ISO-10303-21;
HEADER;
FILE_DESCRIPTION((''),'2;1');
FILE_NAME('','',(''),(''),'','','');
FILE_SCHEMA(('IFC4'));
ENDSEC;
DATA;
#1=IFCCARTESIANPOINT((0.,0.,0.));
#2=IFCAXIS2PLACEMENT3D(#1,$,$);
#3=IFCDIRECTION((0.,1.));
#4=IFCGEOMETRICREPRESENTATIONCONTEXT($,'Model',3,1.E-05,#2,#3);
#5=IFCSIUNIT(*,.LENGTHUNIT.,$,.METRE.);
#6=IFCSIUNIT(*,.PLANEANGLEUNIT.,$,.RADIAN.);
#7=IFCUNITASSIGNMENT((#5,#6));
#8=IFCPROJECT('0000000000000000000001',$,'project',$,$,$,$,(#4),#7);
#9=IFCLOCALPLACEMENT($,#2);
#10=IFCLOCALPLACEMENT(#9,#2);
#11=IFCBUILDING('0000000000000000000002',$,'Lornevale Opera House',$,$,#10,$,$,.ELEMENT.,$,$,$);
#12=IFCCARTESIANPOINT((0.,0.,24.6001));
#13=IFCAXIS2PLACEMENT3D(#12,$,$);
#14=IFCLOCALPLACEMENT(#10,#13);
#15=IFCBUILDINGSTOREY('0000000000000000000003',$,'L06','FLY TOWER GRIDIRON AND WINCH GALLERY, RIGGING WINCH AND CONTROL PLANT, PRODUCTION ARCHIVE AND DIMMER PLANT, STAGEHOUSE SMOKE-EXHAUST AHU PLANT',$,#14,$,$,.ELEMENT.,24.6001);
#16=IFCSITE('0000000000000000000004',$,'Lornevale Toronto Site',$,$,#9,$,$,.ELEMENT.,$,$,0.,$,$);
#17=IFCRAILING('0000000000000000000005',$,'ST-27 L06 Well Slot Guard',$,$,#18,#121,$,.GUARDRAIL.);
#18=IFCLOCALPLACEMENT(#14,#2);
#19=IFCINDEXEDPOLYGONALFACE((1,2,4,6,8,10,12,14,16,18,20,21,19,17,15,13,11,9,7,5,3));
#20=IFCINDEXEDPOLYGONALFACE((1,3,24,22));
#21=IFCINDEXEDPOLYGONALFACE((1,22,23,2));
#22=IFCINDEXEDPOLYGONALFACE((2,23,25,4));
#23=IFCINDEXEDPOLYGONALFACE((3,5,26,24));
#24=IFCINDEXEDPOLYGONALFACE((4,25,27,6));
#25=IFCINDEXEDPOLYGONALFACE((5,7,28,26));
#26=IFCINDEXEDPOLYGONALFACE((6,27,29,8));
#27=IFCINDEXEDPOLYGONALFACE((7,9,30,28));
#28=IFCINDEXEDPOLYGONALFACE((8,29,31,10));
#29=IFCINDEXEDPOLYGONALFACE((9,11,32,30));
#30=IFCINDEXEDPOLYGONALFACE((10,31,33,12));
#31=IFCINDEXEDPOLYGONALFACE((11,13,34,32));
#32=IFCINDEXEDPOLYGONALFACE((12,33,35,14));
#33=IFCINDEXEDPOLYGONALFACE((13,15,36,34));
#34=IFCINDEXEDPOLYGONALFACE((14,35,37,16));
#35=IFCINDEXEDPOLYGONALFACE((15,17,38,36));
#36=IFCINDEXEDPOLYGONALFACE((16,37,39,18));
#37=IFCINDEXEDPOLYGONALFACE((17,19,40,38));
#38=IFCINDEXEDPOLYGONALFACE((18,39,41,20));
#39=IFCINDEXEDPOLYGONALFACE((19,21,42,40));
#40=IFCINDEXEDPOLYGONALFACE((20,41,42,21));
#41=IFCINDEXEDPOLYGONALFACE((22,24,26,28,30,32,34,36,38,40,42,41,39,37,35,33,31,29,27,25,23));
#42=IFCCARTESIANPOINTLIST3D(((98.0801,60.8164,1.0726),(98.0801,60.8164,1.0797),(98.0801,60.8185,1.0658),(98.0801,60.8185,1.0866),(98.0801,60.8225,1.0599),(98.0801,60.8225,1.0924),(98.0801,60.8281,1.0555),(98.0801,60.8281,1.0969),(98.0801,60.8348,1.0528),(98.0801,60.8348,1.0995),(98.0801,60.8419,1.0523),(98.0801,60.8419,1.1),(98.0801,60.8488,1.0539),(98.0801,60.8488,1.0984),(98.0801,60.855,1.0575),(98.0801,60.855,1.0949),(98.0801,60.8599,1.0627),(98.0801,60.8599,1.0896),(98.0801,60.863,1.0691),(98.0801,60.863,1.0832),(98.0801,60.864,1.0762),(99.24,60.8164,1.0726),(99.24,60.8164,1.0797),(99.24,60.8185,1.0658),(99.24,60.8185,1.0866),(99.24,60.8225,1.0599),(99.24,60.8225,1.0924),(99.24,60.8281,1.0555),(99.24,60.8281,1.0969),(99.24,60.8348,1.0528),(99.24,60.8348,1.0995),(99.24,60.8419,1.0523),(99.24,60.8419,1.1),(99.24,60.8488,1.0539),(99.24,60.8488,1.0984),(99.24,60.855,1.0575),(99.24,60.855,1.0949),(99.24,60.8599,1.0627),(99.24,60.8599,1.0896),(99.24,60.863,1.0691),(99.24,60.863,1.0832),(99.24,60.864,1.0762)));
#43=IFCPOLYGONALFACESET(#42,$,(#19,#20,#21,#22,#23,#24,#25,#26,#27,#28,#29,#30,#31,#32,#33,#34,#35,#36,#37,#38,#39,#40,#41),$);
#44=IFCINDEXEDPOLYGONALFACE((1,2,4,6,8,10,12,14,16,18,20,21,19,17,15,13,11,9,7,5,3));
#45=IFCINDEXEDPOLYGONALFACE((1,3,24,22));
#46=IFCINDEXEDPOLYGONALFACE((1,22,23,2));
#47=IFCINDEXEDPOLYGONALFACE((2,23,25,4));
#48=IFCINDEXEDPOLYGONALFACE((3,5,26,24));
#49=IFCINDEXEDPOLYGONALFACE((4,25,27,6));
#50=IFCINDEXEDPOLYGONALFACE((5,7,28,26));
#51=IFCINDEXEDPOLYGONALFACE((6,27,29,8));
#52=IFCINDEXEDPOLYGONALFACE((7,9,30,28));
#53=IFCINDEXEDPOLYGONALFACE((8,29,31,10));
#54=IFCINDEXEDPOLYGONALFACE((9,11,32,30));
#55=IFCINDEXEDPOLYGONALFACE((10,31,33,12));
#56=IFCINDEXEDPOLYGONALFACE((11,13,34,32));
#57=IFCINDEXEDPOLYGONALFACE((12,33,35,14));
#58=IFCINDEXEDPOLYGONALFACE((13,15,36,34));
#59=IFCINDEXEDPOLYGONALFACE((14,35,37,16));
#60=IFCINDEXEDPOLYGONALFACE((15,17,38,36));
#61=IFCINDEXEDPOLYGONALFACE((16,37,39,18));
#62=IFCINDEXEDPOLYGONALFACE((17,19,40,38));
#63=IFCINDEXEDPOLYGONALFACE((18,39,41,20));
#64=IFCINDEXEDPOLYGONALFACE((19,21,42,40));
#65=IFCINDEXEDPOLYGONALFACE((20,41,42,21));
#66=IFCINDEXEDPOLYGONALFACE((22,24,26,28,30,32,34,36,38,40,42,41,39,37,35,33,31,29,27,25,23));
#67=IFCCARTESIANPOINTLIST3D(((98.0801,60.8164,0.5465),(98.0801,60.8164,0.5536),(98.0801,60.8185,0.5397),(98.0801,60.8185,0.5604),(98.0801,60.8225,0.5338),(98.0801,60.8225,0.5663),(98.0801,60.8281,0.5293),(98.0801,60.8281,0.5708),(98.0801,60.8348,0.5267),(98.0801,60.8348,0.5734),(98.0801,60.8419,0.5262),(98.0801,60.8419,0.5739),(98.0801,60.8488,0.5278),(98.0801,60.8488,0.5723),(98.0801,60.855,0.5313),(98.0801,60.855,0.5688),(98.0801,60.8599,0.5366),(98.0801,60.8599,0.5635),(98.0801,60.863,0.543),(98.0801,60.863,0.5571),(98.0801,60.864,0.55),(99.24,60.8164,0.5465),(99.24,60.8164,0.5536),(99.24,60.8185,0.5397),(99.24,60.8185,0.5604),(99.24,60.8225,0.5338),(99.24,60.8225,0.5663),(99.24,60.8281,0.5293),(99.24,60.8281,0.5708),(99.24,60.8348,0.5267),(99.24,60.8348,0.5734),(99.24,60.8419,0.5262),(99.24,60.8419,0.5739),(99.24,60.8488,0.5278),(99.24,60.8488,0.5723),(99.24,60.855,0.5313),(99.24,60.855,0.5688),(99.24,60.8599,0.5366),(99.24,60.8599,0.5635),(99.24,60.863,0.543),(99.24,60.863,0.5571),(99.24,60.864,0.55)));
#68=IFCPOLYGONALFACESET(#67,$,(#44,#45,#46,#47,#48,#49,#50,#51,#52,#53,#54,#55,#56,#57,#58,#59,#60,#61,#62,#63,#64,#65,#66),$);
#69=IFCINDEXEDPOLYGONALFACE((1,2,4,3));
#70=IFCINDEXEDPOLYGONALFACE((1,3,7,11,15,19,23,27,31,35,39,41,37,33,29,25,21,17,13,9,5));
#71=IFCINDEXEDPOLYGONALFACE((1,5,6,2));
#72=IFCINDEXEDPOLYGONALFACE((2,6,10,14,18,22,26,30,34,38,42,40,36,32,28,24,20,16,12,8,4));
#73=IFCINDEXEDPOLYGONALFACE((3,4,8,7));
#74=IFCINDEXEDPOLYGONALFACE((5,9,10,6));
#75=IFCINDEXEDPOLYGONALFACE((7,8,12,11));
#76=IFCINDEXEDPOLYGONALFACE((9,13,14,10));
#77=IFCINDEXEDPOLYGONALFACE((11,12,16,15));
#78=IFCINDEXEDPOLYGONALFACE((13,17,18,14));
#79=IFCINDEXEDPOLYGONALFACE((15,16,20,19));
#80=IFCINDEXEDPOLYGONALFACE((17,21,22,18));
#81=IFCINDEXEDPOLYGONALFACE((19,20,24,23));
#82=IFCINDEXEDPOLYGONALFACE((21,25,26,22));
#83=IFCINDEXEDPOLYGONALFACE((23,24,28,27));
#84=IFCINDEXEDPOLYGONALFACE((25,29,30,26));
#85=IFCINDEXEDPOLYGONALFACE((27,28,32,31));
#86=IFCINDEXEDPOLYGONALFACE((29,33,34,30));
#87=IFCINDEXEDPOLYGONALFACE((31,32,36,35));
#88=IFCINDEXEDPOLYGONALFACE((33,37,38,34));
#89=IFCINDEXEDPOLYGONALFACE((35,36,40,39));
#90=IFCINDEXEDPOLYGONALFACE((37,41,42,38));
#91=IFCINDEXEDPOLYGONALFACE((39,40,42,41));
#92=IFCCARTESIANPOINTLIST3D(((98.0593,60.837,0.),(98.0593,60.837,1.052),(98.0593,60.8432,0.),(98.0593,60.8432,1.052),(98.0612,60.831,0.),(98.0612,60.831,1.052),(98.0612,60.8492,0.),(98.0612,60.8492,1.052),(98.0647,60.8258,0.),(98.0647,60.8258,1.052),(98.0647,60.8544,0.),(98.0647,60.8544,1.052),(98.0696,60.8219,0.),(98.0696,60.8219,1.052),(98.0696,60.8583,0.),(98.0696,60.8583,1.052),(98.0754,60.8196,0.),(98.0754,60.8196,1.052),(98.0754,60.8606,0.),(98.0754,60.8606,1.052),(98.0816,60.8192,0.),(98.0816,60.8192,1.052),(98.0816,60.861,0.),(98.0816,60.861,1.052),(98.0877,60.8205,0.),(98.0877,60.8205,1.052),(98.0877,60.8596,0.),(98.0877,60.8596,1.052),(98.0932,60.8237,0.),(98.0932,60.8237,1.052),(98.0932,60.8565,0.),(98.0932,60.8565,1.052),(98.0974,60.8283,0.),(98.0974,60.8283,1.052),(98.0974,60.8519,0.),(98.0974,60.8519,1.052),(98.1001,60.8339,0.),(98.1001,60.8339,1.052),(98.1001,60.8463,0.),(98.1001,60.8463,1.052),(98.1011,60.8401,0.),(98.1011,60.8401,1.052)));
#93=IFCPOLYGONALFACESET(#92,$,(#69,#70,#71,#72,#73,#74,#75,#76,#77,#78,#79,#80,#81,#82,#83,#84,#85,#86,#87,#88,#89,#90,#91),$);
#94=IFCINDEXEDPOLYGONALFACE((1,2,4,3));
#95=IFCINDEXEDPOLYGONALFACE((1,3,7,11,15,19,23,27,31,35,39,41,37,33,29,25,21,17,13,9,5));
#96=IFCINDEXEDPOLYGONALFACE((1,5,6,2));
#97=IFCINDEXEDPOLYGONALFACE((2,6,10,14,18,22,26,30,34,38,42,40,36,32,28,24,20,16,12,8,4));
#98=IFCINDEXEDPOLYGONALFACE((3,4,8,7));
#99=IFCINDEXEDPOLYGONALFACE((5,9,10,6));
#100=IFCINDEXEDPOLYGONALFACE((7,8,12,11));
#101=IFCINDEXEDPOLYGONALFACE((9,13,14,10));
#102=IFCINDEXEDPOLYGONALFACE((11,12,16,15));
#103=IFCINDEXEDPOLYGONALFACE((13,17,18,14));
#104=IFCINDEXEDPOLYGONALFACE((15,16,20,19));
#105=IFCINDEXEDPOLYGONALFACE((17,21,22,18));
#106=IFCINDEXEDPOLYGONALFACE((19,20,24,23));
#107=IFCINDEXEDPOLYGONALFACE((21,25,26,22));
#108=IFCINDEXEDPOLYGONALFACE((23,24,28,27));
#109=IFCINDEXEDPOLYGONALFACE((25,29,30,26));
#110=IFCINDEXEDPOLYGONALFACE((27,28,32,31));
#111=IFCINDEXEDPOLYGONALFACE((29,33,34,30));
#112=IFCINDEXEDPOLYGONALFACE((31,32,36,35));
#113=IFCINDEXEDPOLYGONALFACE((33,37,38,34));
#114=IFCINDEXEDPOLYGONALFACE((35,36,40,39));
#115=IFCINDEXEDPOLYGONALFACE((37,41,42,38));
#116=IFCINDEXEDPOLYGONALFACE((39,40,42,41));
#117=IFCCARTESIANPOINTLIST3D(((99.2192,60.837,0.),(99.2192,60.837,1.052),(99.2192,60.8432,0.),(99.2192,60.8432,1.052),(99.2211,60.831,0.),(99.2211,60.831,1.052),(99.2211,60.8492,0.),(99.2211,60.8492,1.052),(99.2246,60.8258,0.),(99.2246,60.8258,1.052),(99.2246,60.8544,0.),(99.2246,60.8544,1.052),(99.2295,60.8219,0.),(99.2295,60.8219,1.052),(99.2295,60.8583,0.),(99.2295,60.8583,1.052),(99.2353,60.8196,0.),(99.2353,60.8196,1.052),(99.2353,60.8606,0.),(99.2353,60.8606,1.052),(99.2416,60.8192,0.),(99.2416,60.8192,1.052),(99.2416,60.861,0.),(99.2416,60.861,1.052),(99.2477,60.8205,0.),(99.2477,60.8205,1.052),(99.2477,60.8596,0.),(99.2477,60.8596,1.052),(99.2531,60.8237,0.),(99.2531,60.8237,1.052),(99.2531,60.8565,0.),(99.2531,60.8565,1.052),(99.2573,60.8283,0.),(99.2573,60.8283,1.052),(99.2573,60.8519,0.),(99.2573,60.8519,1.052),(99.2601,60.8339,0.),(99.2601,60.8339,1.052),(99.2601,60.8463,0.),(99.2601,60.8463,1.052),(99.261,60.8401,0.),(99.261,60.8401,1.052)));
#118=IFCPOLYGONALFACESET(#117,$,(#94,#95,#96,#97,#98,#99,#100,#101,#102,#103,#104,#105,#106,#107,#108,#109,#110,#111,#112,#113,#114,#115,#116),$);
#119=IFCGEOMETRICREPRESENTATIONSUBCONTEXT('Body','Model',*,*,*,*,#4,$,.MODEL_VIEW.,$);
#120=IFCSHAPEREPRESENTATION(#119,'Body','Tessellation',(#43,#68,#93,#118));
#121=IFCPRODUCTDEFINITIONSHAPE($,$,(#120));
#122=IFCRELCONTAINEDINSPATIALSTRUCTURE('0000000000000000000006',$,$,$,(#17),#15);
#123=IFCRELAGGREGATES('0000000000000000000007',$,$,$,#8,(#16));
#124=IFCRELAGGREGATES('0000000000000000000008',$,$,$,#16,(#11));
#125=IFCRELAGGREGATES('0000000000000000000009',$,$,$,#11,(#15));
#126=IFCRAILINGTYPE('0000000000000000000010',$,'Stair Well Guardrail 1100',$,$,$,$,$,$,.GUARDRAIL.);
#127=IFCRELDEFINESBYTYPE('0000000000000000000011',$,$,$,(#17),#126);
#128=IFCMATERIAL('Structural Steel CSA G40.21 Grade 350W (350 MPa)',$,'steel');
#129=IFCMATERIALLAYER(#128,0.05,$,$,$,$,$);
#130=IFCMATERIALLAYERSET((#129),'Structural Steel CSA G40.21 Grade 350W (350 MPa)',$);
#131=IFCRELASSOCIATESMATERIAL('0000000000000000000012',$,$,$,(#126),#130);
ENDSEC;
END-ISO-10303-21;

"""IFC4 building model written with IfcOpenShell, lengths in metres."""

from ifc_helpers import new_model, si_unit, direction, frame, origin, origin_2d, place, context, subcontext, project, spatial, circle, extrude, material, layer, layer_set, type_object, element, save


model = new_model("IFC4")

# Units and contexts
model_context = context("Model", 3, precision=1e-05, world=origin(), true_north=direction((0.0, 1.0)))
body_context = subcontext(model_context, "Body", "Model", "MODEL_VIEW")
ifc_project = project(units=[si_unit("LENGTHUNIT", "METRE"), si_unit("PLANEANGLEUNIT", "RADIAN")], contexts=[model_context])

# Site, building, storey
site_placement = place(None, origin())
site = spatial("IfcSite", under=ifc_project, at=site_placement, Name="Lornevale Toronto Site", CompositionType="ELEMENT", RefElevation=0.0)
building_placement = place(site_placement, origin())
building = spatial("IfcBuilding", under=site, at=building_placement, Name="Lornevale Opera House", CompositionType="ELEMENT")
storey_placement = place(building_placement, frame((0.0, 0.0, 24.6001)))
storey = spatial("IfcBuildingStorey", under=building, at=storey_placement, Name="L06", Description="FLY TOWER GRIDIRON AND WINCH GALLERY, RIGGING WINCH AND CONTROL PLANT, PRODUCTION ARCHIVE AND DIMMER PLANT, STAGEHOUSE SMOKE-EXHAUST AHU PLANT", CompositionType="ELEMENT", Elevation=24.6001)

# Shared definitions
ifc_material_1 = material(Name="Structural Steel CSA G40.21 Grade 350W (350 MPa)", Category="steel")

# Railing
ifc_layer_1 = layer(ifc_material_1, 0.05)
ifc_layer_set_1 = layer_set([ifc_layer_1], Name="Structural Steel CSA G40.21 Grade 350W (350 MPa)")
railing_type_1 = type_object("IfcRailingType", Name="Stair Well Guardrail 1100", PredefinedType="GUARDRAIL", material=ifc_layer_set_1)
railing_1_placement = place(storey_placement, frame((98.0801, 60.8401, 0.0)))
element("IfcRailing", 1, at=railing_1_placement, inside=storey, type_object=railing_type_1, Name="ST-27 L06 Well Slot Guard", PredefinedType="GUARDRAIL", context=body_context, shape_type="SweptSolid", body=[
    extrude(circle(Radius=0.0239, at=origin_2d()), frame((0.0, 0.0, 1.0762), z_axis=(1.0, 0.0, 0.0), x_axis=(0.0, 1.0, 0.0)), (0.0, 0.0, 1.0), 1.1599),
    extrude(circle(Radius=0.0239, at=origin_2d()), frame((0.0, 0.0, 0.55), z_axis=(1.0, 0.0, 0.0), x_axis=(0.0, 1.0, 0.0)), (0.0, 0.0, 1.0), 1.1599),
    extrude(circle(Radius=0.021, at=origin_2d()), origin(), (0.0, 0.0, 1.0), 1.052),
    extrude(circle(Radius=0.021, at=origin_2d()), frame((1.1599, 0.0, 0.0)), (0.0, 0.0, 1.0), 1.052),
])

save(model, "model.ifc")
